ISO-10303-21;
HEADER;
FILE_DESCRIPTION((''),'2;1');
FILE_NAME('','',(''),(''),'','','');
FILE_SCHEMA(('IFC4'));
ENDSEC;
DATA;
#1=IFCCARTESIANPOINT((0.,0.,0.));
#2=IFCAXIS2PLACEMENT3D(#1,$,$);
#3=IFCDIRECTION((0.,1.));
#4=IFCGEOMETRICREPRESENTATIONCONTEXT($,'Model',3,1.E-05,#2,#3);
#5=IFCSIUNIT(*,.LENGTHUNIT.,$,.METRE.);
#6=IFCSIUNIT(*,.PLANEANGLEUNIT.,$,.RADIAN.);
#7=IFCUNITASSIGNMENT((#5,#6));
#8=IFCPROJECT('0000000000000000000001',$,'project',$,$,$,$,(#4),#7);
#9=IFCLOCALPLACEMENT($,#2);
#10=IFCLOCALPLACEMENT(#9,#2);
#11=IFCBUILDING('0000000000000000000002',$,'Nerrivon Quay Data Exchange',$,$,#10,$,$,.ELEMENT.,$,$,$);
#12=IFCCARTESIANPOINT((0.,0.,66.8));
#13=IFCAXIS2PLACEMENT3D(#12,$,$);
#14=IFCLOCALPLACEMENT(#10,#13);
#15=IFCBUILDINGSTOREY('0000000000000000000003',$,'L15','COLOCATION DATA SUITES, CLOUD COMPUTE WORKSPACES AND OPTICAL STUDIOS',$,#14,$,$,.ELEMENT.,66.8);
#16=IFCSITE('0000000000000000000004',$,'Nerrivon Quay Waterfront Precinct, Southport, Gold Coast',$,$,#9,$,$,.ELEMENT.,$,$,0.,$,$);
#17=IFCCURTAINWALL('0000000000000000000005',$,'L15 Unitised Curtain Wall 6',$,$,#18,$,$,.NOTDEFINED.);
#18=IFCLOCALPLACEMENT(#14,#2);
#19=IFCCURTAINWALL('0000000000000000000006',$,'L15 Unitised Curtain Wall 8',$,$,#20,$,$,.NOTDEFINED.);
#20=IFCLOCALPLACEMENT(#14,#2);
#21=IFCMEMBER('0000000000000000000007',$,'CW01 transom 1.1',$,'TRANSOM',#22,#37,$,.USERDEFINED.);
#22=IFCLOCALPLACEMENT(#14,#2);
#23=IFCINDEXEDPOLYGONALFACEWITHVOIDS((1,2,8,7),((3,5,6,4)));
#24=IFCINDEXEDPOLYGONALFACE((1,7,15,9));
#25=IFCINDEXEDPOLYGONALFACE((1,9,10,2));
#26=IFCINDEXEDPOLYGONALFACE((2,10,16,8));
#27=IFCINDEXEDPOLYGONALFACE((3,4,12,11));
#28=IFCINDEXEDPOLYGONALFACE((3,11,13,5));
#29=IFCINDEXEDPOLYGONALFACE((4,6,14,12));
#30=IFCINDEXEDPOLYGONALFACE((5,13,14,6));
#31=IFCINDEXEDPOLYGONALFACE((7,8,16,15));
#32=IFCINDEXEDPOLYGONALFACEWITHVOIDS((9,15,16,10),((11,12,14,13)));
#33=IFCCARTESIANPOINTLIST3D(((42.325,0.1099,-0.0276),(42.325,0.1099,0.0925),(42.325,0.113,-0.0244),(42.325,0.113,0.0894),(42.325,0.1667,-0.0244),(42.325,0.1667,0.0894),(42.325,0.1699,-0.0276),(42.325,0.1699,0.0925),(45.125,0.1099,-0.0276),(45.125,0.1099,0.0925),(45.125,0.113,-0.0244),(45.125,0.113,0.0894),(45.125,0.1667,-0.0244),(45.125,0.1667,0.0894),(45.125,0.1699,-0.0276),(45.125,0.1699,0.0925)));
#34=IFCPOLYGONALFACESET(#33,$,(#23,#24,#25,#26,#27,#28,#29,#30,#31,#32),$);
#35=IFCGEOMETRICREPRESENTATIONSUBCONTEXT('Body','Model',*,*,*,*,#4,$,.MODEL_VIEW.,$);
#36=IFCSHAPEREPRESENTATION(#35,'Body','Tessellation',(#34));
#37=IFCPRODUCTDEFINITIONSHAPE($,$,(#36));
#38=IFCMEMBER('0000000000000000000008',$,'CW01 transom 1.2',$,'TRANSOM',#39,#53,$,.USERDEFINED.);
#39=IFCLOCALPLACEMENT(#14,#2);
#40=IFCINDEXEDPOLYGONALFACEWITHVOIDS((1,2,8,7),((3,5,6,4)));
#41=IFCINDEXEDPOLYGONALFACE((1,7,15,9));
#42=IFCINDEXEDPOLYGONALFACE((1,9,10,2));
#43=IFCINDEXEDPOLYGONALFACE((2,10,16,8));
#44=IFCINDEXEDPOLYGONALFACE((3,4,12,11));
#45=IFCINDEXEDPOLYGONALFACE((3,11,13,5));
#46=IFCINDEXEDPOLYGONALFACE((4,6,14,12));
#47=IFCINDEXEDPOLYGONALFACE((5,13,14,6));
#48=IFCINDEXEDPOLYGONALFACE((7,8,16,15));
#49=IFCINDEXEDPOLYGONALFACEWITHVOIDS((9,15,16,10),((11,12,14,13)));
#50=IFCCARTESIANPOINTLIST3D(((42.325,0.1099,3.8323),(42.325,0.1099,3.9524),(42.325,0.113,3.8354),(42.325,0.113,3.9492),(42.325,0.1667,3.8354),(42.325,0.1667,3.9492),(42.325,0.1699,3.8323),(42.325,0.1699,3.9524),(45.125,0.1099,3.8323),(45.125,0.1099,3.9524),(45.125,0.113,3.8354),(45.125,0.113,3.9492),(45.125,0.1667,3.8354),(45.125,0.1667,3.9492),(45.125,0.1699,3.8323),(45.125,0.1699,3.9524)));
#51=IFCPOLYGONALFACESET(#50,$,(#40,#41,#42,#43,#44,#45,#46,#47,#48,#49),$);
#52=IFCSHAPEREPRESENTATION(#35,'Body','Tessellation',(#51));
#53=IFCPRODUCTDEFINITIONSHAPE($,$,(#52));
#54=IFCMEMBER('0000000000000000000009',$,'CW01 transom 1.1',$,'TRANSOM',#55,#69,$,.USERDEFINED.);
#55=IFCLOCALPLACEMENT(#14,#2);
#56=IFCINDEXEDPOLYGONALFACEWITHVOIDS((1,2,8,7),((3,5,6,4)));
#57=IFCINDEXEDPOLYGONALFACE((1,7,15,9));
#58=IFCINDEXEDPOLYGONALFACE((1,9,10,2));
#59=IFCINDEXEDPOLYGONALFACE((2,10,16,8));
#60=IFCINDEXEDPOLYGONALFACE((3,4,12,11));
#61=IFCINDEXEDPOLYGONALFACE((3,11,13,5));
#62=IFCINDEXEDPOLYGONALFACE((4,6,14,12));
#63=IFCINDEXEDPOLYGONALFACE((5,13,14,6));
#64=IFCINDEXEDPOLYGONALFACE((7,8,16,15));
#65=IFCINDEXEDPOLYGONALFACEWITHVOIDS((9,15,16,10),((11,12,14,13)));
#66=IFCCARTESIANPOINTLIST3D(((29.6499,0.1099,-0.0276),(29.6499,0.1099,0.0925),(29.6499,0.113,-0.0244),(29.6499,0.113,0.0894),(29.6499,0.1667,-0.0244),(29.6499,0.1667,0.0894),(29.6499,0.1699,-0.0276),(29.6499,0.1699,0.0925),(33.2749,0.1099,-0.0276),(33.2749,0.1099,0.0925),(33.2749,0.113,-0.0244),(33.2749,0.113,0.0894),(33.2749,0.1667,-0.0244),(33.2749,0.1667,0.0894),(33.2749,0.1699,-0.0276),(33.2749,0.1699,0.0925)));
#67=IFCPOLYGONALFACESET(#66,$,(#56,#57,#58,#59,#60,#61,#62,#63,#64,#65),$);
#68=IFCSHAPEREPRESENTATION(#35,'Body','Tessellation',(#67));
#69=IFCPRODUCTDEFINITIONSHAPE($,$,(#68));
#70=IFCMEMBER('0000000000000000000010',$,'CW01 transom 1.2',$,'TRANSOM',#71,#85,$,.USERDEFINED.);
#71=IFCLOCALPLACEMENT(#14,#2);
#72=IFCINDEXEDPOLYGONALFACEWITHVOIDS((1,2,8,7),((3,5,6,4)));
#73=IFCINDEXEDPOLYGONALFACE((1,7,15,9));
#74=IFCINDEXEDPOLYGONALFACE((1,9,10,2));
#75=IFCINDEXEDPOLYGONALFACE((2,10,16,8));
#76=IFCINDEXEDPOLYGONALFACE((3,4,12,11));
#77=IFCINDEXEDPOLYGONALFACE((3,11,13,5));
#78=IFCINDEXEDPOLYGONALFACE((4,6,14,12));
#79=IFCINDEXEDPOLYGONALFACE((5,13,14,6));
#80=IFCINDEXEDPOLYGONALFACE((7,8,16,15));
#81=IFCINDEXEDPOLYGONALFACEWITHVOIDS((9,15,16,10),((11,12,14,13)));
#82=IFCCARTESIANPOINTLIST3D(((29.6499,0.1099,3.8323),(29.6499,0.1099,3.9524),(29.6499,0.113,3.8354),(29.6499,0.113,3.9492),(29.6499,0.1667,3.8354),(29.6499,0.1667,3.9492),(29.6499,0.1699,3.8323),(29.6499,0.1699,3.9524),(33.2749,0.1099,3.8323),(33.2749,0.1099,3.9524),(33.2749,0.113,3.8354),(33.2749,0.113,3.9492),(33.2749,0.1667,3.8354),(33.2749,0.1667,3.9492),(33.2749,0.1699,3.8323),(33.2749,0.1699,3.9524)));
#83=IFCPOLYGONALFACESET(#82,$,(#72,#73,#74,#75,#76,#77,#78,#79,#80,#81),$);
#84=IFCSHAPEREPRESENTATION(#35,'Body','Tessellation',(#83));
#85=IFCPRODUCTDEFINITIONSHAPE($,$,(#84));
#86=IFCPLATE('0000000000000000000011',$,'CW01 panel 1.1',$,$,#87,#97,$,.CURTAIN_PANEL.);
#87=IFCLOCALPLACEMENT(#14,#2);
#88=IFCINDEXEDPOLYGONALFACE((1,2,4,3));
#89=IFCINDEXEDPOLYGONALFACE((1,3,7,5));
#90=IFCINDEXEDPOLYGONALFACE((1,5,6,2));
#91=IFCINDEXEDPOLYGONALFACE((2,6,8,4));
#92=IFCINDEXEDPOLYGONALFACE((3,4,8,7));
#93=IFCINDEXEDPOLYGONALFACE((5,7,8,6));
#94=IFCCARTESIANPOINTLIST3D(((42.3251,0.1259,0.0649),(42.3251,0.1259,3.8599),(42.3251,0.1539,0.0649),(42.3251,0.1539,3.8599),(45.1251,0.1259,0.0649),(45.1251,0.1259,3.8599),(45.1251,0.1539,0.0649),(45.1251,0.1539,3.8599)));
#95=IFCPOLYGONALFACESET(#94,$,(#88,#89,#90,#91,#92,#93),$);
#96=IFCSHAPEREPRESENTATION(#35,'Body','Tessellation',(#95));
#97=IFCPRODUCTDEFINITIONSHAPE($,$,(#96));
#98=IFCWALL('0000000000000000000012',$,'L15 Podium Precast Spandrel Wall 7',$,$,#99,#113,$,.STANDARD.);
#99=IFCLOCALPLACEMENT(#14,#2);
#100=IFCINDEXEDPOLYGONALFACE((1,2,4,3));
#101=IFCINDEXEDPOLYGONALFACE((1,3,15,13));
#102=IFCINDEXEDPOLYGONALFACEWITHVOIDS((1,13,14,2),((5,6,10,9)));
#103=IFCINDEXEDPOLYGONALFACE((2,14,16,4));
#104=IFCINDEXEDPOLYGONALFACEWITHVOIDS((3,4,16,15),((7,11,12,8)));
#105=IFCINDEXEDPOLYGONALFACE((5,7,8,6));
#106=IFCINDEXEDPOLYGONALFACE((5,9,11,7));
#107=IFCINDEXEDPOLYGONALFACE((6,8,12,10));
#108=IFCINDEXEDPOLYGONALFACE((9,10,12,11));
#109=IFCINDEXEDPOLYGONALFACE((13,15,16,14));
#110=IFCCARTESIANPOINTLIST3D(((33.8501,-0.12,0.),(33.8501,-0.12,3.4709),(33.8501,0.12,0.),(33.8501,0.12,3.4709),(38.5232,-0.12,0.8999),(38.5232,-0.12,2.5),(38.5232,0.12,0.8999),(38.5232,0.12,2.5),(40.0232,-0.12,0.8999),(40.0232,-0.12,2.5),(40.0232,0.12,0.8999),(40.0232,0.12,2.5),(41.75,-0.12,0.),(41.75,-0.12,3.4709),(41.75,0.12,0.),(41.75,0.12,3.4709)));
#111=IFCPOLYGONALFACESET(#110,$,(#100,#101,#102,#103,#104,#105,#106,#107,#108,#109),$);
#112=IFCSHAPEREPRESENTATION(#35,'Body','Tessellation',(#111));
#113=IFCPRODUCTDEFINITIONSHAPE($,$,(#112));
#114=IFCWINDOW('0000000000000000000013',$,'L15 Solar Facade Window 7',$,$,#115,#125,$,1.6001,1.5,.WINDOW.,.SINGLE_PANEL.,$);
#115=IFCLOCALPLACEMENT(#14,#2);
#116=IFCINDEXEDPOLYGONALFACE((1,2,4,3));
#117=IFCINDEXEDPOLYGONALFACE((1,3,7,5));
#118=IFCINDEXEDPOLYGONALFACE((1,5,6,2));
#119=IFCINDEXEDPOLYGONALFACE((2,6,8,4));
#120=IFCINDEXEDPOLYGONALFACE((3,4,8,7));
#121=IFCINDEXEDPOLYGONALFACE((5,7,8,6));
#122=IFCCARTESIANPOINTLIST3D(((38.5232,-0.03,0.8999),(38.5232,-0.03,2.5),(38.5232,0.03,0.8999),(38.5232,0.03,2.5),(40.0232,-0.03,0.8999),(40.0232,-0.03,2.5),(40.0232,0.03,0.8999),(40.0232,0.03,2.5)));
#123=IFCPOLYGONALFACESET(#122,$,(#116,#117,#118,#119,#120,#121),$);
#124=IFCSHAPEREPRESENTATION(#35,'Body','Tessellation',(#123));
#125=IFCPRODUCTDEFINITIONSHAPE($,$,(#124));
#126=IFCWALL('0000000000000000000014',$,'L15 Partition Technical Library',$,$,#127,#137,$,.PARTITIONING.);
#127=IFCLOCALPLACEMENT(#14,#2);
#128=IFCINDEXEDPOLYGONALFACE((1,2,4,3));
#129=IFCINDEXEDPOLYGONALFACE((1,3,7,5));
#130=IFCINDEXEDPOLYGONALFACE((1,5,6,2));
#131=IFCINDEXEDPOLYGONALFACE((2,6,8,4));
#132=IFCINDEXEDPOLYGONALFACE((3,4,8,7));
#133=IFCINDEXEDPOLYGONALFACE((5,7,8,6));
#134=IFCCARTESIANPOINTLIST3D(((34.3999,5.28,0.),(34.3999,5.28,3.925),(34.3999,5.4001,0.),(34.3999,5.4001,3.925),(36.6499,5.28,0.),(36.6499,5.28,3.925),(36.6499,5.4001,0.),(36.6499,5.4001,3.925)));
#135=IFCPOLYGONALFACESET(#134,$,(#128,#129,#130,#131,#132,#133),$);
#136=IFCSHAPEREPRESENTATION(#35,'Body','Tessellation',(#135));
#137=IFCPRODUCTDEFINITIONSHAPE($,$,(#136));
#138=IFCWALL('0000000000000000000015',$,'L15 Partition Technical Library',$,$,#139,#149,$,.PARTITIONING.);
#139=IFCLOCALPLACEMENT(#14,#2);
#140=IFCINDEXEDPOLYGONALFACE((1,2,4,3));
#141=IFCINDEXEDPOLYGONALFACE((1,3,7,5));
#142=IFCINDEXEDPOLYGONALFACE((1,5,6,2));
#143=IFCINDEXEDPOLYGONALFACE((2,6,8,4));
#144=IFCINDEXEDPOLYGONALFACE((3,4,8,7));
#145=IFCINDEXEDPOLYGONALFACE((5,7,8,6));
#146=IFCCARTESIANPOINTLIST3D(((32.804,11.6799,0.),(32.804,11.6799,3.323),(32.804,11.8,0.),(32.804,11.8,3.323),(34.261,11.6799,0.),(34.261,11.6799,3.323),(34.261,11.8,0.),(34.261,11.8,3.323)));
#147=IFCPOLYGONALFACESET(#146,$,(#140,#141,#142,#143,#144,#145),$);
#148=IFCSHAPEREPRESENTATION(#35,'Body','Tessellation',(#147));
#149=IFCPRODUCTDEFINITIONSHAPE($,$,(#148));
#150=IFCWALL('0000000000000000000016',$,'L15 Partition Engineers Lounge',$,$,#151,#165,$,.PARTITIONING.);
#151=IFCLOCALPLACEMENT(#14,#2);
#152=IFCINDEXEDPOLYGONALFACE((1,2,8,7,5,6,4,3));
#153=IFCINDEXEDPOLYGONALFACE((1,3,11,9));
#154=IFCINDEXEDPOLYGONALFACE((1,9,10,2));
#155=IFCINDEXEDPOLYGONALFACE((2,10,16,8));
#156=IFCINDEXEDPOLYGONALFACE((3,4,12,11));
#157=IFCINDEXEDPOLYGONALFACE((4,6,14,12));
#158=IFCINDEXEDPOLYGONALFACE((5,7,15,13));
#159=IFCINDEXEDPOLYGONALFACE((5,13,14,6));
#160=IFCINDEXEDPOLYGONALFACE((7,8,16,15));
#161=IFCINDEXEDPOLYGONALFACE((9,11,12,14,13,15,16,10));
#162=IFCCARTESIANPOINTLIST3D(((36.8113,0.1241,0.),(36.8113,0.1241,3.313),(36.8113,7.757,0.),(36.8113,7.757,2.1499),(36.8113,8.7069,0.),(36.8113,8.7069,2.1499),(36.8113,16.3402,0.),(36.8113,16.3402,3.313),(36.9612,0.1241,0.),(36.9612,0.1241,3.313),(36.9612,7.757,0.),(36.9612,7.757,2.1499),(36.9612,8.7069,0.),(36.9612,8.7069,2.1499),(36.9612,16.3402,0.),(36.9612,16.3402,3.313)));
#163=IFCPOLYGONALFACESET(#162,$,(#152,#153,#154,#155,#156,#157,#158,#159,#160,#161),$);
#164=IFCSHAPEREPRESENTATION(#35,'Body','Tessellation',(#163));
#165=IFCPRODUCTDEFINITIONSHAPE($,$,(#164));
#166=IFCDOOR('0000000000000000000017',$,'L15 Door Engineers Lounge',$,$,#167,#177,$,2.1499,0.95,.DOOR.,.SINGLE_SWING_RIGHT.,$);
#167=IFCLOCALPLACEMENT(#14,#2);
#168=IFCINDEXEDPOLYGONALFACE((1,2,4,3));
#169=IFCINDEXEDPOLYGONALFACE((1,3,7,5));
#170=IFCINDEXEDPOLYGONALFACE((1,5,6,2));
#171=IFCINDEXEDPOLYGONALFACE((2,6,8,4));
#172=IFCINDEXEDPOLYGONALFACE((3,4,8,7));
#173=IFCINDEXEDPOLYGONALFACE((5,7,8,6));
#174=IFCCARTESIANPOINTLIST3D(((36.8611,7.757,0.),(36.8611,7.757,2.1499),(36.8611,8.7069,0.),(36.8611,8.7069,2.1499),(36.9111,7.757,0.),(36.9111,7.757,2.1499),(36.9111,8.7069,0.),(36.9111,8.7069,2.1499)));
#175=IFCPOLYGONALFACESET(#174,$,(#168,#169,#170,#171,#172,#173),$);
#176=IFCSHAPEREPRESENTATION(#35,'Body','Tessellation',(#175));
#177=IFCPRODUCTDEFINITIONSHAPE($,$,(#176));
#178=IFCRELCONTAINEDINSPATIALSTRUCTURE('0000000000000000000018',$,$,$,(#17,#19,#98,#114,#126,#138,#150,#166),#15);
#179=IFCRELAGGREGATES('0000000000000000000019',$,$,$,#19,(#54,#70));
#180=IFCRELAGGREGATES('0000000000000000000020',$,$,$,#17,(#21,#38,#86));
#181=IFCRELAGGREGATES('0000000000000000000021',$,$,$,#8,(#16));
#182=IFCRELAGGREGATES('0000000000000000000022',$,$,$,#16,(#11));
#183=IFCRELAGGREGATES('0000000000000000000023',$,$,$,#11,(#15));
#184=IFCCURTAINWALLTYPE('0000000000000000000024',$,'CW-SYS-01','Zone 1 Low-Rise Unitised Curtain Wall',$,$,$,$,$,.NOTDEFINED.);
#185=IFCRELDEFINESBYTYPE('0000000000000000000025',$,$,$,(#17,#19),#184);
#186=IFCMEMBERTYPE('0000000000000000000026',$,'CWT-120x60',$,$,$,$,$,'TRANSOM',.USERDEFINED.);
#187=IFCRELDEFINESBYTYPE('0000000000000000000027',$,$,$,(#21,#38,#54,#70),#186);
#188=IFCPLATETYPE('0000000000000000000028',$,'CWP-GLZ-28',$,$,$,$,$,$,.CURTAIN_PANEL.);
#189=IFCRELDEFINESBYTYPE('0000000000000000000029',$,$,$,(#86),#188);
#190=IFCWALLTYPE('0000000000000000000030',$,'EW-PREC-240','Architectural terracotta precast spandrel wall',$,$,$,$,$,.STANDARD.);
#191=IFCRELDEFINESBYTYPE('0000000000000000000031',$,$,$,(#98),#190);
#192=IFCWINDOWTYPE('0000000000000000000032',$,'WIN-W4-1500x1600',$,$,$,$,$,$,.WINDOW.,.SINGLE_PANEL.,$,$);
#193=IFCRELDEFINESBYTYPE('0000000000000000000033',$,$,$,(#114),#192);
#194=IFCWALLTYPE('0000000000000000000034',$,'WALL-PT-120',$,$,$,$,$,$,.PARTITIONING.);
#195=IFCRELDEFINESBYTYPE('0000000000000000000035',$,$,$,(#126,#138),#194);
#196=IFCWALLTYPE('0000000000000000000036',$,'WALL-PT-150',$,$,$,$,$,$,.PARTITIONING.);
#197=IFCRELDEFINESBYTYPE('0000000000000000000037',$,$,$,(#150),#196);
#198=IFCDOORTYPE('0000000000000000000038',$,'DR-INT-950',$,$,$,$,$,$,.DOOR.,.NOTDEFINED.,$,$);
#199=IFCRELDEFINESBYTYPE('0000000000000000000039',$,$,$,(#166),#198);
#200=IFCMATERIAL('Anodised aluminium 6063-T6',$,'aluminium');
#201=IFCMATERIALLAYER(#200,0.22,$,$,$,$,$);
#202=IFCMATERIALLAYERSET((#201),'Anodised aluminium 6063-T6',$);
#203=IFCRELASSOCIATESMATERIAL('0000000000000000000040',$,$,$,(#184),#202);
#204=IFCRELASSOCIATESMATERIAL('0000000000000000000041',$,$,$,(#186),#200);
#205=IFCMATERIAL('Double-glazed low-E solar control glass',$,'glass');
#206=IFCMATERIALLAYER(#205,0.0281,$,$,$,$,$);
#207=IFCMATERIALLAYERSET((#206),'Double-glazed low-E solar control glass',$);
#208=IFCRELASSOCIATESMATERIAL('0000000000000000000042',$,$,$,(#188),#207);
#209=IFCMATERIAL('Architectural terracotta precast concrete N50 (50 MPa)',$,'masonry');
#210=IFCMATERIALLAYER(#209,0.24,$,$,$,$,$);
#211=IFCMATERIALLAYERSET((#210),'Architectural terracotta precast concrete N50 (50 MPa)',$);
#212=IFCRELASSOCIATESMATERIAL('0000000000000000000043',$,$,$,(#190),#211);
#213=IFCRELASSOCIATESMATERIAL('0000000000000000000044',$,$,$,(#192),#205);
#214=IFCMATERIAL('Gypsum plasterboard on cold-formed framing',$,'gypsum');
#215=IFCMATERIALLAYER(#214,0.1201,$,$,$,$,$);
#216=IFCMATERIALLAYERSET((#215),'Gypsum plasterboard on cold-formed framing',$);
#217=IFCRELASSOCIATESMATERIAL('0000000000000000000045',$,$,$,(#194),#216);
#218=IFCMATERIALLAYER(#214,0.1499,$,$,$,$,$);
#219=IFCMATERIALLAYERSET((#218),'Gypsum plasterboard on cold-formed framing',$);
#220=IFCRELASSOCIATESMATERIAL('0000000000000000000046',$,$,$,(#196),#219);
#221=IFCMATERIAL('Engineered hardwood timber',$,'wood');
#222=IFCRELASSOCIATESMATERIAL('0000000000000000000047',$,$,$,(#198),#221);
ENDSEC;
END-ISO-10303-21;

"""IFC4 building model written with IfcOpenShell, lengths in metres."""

from ifc_helpers import new_model, si_unit, direction, frame, frame_2d, origin, origin_2d, place, context, subcontext, project, spatial, rectangle, hollow_rectangle, extrude, material, layer, layer_set, material_profile, profile_set, type_object, element, fill, aggregate, save


model = new_model("IFC4")

# Units and contexts
model_context = context("Model", 3, precision=1e-05, world=origin(), true_north=direction((0.0, 1.0)))
body_context = subcontext(model_context, "Body", "Model", "MODEL_VIEW")
ifc_project = project(units=[si_unit("LENGTHUNIT", "METRE"), si_unit("PLANEANGLEUNIT", "RADIAN")], contexts=[model_context])

# Site, building, storey
site_placement = place(None, origin())
site = spatial("IfcSite", under=ifc_project, at=site_placement, Name="Nerrivon Quay Waterfront Precinct, Southport, Gold Coast", CompositionType="ELEMENT", RefElevation=0.0)
building_placement = place(site_placement, origin())
building = spatial("IfcBuilding", under=site, at=building_placement, Name="Nerrivon Quay Data Exchange", CompositionType="ELEMENT")
storey_placement = place(building_placement, frame((0.0, 0.0, 66.8)))
storey = spatial("IfcBuildingStorey", under=building, at=storey_placement, Name="L15", Description="COLOCATION DATA SUITES, CLOUD COMPUTE WORKSPACES AND OPTICAL STUDIOS", CompositionType="ELEMENT", Elevation=66.8)

# Curtain walls
ifc_material_1 = material(Name="Anodised aluminium 6063-T6", Category="aluminium")
ifc_layer_1 = layer(ifc_material_1, 0.22)
ifc_layer_set_1 = layer_set([ifc_layer_1], Name="Anodised aluminium 6063-T6")
curtain_wall_type = type_object("IfcCurtainWallType", Name="CW-SYS-01", Description="Zone 1 Low-Rise Unitised Curtain Wall", PredefinedType="NOTDEFINED", material=ifc_layer_set_1)
curtain_wall_1_placement = place(storey_placement, origin())
curtain_wall_1 = element("IfcCurtainWall", 1, at=curtain_wall_1_placement, inside=storey, type_object=curtain_wall_type, Name="L15 Unitised Curtain Wall 6", PredefinedType="NOTDEFINED")
curtain_wall_2_placement = place(storey_placement, origin())
curtain_wall_2 = element("IfcCurtainWall", 2, at=curtain_wall_2_placement, inside=storey, type_object=curtain_wall_type, Name="L15 Unitised Curtain Wall 8", PredefinedType="NOTDEFINED")

# Members
ifc_material_profile_1 = material_profile(ifc_material_1, hollow_rectangle(XDim=0.0601, YDim=0.1201, WallThickness=0.0032, at=origin_2d()), Name="ALU-TRAN-120x60")
ifc_profile_set_1 = profile_set([ifc_material_profile_1], Name="Anodised aluminium 6063-T6")
member_type_1 = type_object("IfcMemberType", Name="CWT-120x60", ElementType="TRANSOM", PredefinedType="USERDEFINED", material=ifc_profile_set_1)
member_1_placement = place(storey_placement, frame((45.125, 0.1399, 0.0325), z_axis=(-1.0, 0.0, 0.0), x_axis=(0.0, -1.0, 0.0)))
member_1 = element("IfcMember", 3, at=member_1_placement, type_object=member_type_1, Name="CW01 transom 1.1", ObjectType="TRANSOM", PredefinedType="USERDEFINED", context=body_context, shape_type="SweptSolid", body=[
    extrude(hollow_rectangle(XDim=0.0601, YDim=0.1201, WallThickness=0.0032, at=origin_2d()), origin(), (0.0, 0.0, 1.0), 2.8),
])
member_2_placement = place(storey_placement, frame((45.125, 0.1399, 3.8923), z_axis=(-1.0, 0.0, 0.0), x_axis=(0.0, -1.0, 0.0)))
member_2 = element("IfcMember", 4, at=member_2_placement, type_object=member_type_1, Name="CW01 transom 1.2", ObjectType="TRANSOM", PredefinedType="USERDEFINED", context=body_context, shape_type="SweptSolid", body=[
    extrude(hollow_rectangle(XDim=0.0601, YDim=0.1201, WallThickness=0.0032, at=origin_2d()), origin(), (0.0, 0.0, 1.0), 2.8),
])
member_3_placement = place(storey_placement, frame((33.2749, 0.1399, 0.0325), z_axis=(-1.0, 0.0, 0.0), x_axis=(0.0, -1.0, 0.0)))
member_3 = element("IfcMember", 5, at=member_3_placement, type_object=member_type_1, Name="CW01 transom 1.1", ObjectType="TRANSOM", PredefinedType="USERDEFINED", context=body_context, shape_type="SweptSolid", body=[
    extrude(hollow_rectangle(XDim=0.0601, YDim=0.1201, WallThickness=0.0032, at=origin_2d()), origin(), (0.0, 0.0, 1.0), 3.625),
])
member_4_placement = place(storey_placement, frame((33.2749, 0.1399, 3.8923), z_axis=(-1.0, 0.0, 0.0), x_axis=(0.0, -1.0, 0.0)))
member_4 = element("IfcMember", 6, at=member_4_placement, type_object=member_type_1, Name="CW01 transom 1.2", ObjectType="TRANSOM", PredefinedType="USERDEFINED", context=body_context, shape_type="SweptSolid", body=[
    extrude(hollow_rectangle(XDim=0.0601, YDim=0.1201, WallThickness=0.0032, at=origin_2d()), origin(), (0.0, 0.0, 1.0), 3.625),
])
aggregate(curtain_wall_2, [member_3, member_4])

# Plate
ifc_material_2 = material(Name="Double-glazed low-E solar control glass", Category="glass")
ifc_layer_2 = layer(ifc_material_2, 0.0281)
ifc_layer_set_2 = layer_set([ifc_layer_2], Name="Double-glazed low-E solar control glass")
plate_type = type_object("IfcPlateType", Name="CWP-GLZ-28", PredefinedType="CURTAIN_PANEL", material=ifc_layer_set_2)
plate_placement = place(storey_placement, frame((43.7251, 0.1399, 0.0649), z_axis=(0.0, 0.0, 1.0), x_axis=(-1.0, 0.0, 0.0)))
plate = element("IfcPlate", 7, at=plate_placement, type_object=plate_type, Name="CW01 panel 1.1", PredefinedType="CURTAIN_PANEL", context=body_context, shape_type="SweptSolid", body=[
    extrude(rectangle(XDim=2.8, YDim=0.0281, at=origin_2d()), origin(), (0.0, 0.0, 1.0), 3.7949),
])
aggregate(curtain_wall_1, [member_1, member_2, plate])

# Wall, opening, window
ifc_material_3 = material(Name="Architectural terracotta precast concrete N50 (50 MPa)", Category="masonry")
ifc_layer_3 = layer(ifc_material_3, 0.24)
ifc_layer_set_3 = layer_set([ifc_layer_3], Name="Architectural terracotta precast concrete N50 (50 MPa)")
wall_type_1 = type_object("IfcWallType", Name="EW-PREC-240", Description="Architectural terracotta precast spandrel wall", PredefinedType="STANDARD", material=ifc_layer_set_3)
wall_1_placement = place(storey_placement, frame((41.75, 0.0, 0.0), z_axis=(0.0, 0.0, 1.0), x_axis=(-1.0, 0.0, 0.0)))
wall_1 = element("IfcWall", 8, at=wall_1_placement, inside=storey, type_object=wall_type_1, Name="L15 Podium Precast Spandrel Wall 7", PredefinedType="STANDARD", context=body_context, shape_type="SweptSolid", body=[
    extrude(rectangle(XDim=7.8999, YDim=0.24, at=frame_2d((3.95, 0.0))), origin(), (0.0, 0.0, 1.0), 3.4709),
])
opening_1_placement = place(wall_1_placement, frame((1.7268, 0.0, 0.8999)))
opening_1 = element("IfcOpeningElement", 9, at=opening_1_placement, cuts=wall_1, PredefinedType="OPENING", context=body_context, shape_type="SweptSolid", body=[
    extrude(rectangle(XDim=1.5, YDim=1.6001, at=frame_2d((0.75, 0.8))), frame((0.0, 0.1299, 0.0), z_axis=(0.0, -1.0, 0.0), x_axis=(1.0, 0.0, 0.0)), (0.0, 0.0, 1.0), 0.26),
])
window_type = type_object("IfcWindowType", Name="WIN-W4-1500x1600", PartitioningType="SINGLE_PANEL", PredefinedType="WINDOW", material=ifc_material_2)
window_placement = place(opening_1_placement, origin())
window = element("IfcWindow", 10, at=window_placement, inside=storey, type_object=window_type, Name="L15 Solar Facade Window 7", OverallHeight=1.6001, OverallWidth=1.5, PartitioningType="SINGLE_PANEL", PredefinedType="WINDOW", context=body_context, shape_type="SweptSolid", body=[
    extrude(rectangle(XDim=1.5, YDim=1.6001, at=frame_2d((0.75, 0.8))), frame((0.0, 0.03, 0.0), z_axis=(0.0, -1.0, 0.0), x_axis=(1.0, 0.0, 0.0)), (0.0, 0.0, 1.0), 0.0601),
])
fill(opening_1, window)

# Walls
ifc_material_4 = material(Name="Gypsum plasterboard on cold-formed framing", Category="gypsum")
ifc_layer_4 = layer(ifc_material_4, 0.1201)
ifc_layer_set_4 = layer_set([ifc_layer_4], Name="Gypsum plasterboard on cold-formed framing")
wall_type_2 = type_object("IfcWallType", Name="WALL-PT-120", PredefinedType="PARTITIONING", material=ifc_layer_set_4)
wall_2_placement = place(storey_placement, frame((36.6499, 5.3401, 0.0), z_axis=(0.0, 0.0, 1.0), x_axis=(-1.0, 0.0, 0.0)))
element("IfcWall", 11, at=wall_2_placement, inside=storey, type_object=wall_type_2, Name="L15 Partition Technical Library", PredefinedType="PARTITIONING", context=body_context, shape_type="SweptSolid", body=[
    extrude(rectangle(XDim=2.25, YDim=0.1201, at=frame_2d((1.125, 0.0))), origin(), (0.0, 0.0, 1.0), 3.925),
])
wall_3_placement = place(storey_placement, frame((34.261, 11.74, 0.0), z_axis=(0.0, 0.0, 1.0), x_axis=(-1.0, 0.0, 0.0)))
element("IfcWall", 12, at=wall_3_placement, inside=storey, type_object=wall_type_2, Name="L15 Partition Technical Library", PredefinedType="PARTITIONING", context=body_context, shape_type="SweptSolid", body=[
    extrude(rectangle(XDim=1.457, YDim=0.1201, at=frame_2d((0.7285, 0.0))), origin(), (0.0, 0.0, 1.0), 3.323),
])

# Wall, opening, door
ifc_layer_5 = layer(ifc_material_4, 0.1499)
ifc_layer_set_5 = layer_set([ifc_layer_5], Name="Gypsum plasterboard on cold-formed framing")
wall_type_3 = type_object("IfcWallType", Name="WALL-PT-150", PredefinedType="PARTITIONING", material=ifc_layer_set_5)
wall_4_placement = place(storey_placement, frame((36.8862, 16.3401, 0.0), z_axis=(0.0, 0.0, 1.0), x_axis=(0.0, -1.0, 0.0)))
wall_4 = element("IfcWall", 13, at=wall_4_placement, inside=storey, type_object=wall_type_3, Name="L15 Partition Engineers Lounge", PredefinedType="PARTITIONING", context=body_context, shape_type="SweptSolid", body=[
    extrude(rectangle(XDim=16.2161, YDim=0.1499, at=frame_2d((8.1079, 0.0))), origin(), (0.0, 0.0, 1.0), 3.313),
])
opening_2_placement = place(wall_4_placement, frame((7.6331, 0.0, 0.0)))
opening_2 = element("IfcOpeningElement", 14, at=opening_2_placement, cuts=wall_4, PredefinedType="OPENING", context=body_context, shape_type="SweptSolid", body=[
    extrude(rectangle(XDim=0.95, YDim=2.1499, at=frame_2d((0.4751, 1.075))), frame((0.0, 0.085, 0.0), z_axis=(0.0, -1.0, 0.0), x_axis=(1.0, 0.0, 0.0)), (0.0, 0.0, 1.0), 0.1699),
])
ifc_material_5 = material(Name="Engineered hardwood timber", Category="wood")
door_type = type_object("IfcDoorType", Name="DR-INT-950", OperationType="NOTDEFINED", PredefinedType="DOOR", material=ifc_material_5)
door_1_placement = place(opening_2_placement, origin())
door_1 = element("IfcDoor", 15, at=door_1_placement, inside=storey, type_object=door_type, Name="L15 Door Engineers Lounge", OperationType="SINGLE_SWING_RIGHT", OverallHeight=2.1499, OverallWidth=0.95, PredefinedType="DOOR", context=body_context, shape_type="SweptSolid", body=[
    extrude(rectangle(XDim=0.95, YDim=2.1499, at=frame_2d((0.4751, 1.075))), frame((0.0, 0.0249, 0.0), z_axis=(0.0, -1.0, 0.0), x_axis=(1.0, 0.0, 0.0)), (0.0, 0.0, 1.0), 0.05),
])
fill(opening_2, door_1)

save(model, "model.ifc")
